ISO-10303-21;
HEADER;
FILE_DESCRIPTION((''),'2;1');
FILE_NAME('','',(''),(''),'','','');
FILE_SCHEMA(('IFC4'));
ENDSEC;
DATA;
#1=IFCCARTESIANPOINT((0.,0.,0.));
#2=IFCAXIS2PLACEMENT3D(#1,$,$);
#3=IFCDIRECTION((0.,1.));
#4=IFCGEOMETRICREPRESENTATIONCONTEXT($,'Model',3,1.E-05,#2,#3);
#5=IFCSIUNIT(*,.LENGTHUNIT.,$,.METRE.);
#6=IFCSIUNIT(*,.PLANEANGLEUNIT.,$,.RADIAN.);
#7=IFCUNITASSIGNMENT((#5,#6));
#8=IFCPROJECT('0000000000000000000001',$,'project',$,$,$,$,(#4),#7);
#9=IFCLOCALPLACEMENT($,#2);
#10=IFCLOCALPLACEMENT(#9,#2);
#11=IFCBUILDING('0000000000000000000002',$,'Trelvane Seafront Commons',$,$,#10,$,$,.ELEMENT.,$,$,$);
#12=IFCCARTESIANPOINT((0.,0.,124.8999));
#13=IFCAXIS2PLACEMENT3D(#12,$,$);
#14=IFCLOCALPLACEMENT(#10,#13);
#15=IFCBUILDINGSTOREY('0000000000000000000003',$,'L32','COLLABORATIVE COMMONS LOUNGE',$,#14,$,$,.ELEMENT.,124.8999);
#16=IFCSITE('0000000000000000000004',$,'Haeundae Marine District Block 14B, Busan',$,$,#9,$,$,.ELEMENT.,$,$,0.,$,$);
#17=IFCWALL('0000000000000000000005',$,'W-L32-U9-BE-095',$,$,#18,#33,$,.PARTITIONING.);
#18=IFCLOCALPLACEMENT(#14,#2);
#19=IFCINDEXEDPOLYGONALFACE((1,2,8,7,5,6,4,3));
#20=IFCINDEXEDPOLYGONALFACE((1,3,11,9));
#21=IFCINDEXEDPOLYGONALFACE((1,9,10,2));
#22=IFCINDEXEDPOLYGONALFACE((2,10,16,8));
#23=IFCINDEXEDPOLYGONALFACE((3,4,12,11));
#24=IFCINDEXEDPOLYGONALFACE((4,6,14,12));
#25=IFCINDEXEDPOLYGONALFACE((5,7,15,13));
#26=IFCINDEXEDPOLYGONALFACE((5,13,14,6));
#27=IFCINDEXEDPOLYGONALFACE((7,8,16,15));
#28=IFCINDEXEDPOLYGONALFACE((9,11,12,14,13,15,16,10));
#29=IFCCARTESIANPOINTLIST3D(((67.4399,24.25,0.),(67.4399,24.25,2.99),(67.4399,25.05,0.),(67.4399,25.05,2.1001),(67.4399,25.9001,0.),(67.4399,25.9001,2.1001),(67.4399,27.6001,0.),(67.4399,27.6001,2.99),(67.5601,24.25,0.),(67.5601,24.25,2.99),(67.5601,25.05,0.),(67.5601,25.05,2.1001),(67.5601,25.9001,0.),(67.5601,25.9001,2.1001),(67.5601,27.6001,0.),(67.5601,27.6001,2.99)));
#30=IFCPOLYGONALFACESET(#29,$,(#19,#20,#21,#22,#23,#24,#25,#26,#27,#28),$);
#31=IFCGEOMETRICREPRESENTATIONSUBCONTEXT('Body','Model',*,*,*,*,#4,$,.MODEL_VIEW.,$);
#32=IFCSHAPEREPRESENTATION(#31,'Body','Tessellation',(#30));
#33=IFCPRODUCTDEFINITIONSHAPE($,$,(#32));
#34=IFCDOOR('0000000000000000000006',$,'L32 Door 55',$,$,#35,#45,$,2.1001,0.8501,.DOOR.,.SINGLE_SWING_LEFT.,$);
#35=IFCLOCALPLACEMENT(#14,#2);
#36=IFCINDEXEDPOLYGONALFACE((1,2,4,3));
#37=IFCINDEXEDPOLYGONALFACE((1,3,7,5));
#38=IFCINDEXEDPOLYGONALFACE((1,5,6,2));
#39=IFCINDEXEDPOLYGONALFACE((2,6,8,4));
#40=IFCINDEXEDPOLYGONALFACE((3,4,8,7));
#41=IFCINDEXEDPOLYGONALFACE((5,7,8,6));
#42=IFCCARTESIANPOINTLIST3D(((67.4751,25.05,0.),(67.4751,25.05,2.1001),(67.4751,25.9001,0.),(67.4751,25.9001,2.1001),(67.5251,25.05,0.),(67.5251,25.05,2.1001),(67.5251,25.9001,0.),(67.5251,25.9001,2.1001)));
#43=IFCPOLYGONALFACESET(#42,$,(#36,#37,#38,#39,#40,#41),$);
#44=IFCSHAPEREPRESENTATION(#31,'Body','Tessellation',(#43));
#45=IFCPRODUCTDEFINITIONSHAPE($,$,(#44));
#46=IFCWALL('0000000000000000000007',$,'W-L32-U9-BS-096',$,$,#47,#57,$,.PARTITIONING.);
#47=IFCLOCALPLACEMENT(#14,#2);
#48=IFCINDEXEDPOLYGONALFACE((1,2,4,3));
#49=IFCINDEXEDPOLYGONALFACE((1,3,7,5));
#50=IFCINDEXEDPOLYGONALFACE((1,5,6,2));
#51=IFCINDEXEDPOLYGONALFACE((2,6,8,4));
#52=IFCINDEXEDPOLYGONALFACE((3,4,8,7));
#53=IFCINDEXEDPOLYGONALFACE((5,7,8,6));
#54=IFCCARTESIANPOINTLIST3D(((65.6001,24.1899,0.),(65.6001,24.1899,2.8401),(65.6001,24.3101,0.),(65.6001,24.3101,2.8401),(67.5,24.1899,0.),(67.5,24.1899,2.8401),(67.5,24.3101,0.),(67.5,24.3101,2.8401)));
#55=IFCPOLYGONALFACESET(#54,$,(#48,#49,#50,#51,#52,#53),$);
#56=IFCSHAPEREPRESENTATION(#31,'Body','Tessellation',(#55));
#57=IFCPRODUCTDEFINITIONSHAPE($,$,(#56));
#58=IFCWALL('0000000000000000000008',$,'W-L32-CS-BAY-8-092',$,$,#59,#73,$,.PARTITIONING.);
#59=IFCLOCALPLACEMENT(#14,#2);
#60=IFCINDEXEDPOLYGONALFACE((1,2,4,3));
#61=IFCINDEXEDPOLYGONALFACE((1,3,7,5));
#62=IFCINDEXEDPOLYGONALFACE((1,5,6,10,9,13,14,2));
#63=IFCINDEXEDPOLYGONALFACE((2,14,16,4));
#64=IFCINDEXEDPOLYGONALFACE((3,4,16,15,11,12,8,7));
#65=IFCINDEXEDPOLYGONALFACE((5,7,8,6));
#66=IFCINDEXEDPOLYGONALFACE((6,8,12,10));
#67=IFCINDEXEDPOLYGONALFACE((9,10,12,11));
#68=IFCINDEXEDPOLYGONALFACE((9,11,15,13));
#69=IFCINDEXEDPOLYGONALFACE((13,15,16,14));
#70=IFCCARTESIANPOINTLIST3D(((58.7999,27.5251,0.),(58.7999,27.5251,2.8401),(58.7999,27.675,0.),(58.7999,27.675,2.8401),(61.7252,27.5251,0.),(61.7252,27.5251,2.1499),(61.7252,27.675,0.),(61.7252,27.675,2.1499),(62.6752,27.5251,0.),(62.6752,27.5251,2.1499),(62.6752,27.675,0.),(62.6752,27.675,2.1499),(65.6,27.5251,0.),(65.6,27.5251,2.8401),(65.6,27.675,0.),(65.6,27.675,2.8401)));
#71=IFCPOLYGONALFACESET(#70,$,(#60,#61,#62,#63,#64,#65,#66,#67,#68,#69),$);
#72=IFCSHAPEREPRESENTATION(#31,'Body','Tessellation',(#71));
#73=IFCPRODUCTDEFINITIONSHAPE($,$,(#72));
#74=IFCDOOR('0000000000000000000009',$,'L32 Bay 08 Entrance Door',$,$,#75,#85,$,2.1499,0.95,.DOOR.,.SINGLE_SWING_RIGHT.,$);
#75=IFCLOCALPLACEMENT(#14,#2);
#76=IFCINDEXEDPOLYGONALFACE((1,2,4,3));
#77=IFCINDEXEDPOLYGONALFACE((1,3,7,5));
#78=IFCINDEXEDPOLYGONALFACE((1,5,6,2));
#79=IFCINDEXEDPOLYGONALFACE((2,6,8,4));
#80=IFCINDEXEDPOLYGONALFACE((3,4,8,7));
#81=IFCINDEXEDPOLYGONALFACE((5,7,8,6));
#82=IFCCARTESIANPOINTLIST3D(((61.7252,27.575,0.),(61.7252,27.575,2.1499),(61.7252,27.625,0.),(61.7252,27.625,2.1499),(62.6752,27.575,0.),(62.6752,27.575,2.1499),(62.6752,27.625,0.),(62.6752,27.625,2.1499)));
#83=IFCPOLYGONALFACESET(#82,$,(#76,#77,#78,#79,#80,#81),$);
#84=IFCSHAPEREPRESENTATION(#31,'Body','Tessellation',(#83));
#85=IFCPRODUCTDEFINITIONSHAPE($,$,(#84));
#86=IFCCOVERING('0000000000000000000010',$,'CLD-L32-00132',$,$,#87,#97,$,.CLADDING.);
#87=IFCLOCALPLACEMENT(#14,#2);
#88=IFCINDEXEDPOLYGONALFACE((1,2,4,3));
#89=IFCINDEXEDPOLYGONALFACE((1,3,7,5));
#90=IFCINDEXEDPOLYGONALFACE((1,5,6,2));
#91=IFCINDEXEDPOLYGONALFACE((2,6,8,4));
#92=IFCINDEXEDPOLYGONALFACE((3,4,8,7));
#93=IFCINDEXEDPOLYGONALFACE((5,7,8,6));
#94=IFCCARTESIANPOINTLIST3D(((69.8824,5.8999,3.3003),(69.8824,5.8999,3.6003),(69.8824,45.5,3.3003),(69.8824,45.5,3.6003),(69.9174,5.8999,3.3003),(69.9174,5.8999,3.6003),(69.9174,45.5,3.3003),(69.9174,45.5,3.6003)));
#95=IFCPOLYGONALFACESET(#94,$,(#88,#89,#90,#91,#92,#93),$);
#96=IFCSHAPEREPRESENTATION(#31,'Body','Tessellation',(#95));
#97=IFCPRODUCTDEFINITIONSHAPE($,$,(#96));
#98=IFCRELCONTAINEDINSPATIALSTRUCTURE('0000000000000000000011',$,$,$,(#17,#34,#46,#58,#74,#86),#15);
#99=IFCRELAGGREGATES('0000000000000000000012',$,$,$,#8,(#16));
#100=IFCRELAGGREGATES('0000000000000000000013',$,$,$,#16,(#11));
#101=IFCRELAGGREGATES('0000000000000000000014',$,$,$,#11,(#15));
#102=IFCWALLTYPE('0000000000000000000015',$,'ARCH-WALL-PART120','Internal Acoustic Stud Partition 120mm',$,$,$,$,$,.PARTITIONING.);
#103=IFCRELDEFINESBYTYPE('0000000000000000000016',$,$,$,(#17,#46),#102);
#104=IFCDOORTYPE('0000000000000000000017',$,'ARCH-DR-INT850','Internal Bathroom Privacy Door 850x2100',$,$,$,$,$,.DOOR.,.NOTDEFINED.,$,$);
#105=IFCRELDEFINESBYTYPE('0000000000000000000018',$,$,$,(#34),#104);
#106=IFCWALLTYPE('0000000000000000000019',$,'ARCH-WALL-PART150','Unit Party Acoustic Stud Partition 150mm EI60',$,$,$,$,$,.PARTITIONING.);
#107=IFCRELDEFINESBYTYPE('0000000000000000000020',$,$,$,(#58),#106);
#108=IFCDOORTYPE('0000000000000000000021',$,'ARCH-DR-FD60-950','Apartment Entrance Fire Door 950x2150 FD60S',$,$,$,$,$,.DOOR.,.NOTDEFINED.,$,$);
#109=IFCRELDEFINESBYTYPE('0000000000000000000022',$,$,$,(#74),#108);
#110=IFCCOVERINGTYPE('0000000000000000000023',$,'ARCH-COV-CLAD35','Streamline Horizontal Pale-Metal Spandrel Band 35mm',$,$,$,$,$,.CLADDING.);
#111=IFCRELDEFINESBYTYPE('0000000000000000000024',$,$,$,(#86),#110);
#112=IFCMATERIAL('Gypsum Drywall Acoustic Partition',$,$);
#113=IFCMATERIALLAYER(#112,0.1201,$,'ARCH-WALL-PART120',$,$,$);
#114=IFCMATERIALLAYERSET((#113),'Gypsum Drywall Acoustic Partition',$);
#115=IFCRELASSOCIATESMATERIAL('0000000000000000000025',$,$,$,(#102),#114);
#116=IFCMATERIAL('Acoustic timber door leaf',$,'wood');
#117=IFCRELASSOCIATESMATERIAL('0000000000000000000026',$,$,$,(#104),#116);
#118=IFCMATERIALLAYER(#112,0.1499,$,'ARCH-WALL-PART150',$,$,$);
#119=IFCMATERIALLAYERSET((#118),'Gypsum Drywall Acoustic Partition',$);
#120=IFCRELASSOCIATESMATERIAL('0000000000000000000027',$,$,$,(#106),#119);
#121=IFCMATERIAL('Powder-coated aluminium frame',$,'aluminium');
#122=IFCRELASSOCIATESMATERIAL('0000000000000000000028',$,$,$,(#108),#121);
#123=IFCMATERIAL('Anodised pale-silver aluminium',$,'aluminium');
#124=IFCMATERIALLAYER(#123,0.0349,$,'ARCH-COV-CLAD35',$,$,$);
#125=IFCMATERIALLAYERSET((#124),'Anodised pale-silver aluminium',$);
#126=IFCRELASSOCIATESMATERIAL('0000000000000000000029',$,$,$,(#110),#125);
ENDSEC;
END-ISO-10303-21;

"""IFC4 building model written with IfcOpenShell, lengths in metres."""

from ifc_helpers import new_model, si_unit, direction, frame, frame_2d, origin, origin_2d, place, context, subcontext, project, spatial, rectangle, extrude, source, transform, mapped, material, layer, layer_set, type_object, element, fill, save


model = new_model("IFC4")

# Units and contexts
model_context = context("Model", 3, precision=1e-05, world=origin(), true_north=direction((0.0, 1.0)))
body_context = subcontext(model_context, "Body", "Model", "MODEL_VIEW")
ifc_project = project(units=[si_unit("LENGTHUNIT", "METRE"), si_unit("PLANEANGLEUNIT", "RADIAN")], contexts=[model_context])

# Site, building, storey
site_placement = place(None, origin())
site = spatial("IfcSite", under=ifc_project, at=site_placement, Name="Haeundae Marine District Block 14B, Busan", CompositionType="ELEMENT", RefElevation=0.0)
building_placement = place(site_placement, origin())
building = spatial("IfcBuilding", under=site, at=building_placement, Name="Trelvane Seafront Commons", CompositionType="ELEMENT")
storey_placement = place(building_placement, frame((0.0, 0.0, 124.8999)))
storey = spatial("IfcBuildingStorey", under=building, at=storey_placement, Name="L32", Description="COLLABORATIVE COMMONS LOUNGE", CompositionType="ELEMENT", Elevation=124.8999)

# Shared definitions
ifc_material_1 = material(Name="Anodised pale-silver aluminium", Category="aluminium")

# Shared definitions
ifc_material_2 = material(Name="Gypsum Drywall Acoustic Partition")
ifc_layer_1 = layer(ifc_material_2, 0.1201, Name="ARCH-WALL-PART120")
ifc_layer_set_1 = layer_set([ifc_layer_1], Name="Gypsum Drywall Acoustic Partition")
wall_type_1 = type_object("IfcWallType", Name="ARCH-WALL-PART120", Description="Internal Acoustic Stud Partition 120mm", PredefinedType="PARTITIONING", material=ifc_layer_set_1)

# Wall, opening, door
ifc_material_3 = material(Name="Acoustic timber door leaf", Category="wood")
shared_shape_1 = source(origin(), body_context, "Body", "SweptSolid", [
    extrude(rectangle(XDim=0.95, YDim=2.1499, at=frame_2d((0.4751, 1.075))), frame((0.0, 0.0249, 0.0), z_axis=(0.0, -1.0, 0.0), x_axis=(1.0, 0.0, 0.0)), (0.0, 0.0, 1.0), 0.05),
])
wall_1_placement = place(storey_placement, frame((67.5, 24.25, 0.0), z_axis=(0.0, 0.0, 1.0), x_axis=(0.0, 1.0, 0.0)))
wall_1 = element("IfcWall", 1, at=wall_1_placement, inside=storey, type_object=wall_type_1, Name="W-L32-U9-BE-095", PredefinedType="PARTITIONING", context=body_context, shape_type="SweptSolid", body=[
    extrude(rectangle(XDim=3.3501, YDim=0.1201, at=frame_2d((1.675, 0.0))), origin(), (0.0, 0.0, 1.0), 2.99),
])
opening_1_placement = place(wall_1_placement, frame((0.8, 0.0, 0.0)))
opening_1 = element("IfcOpeningElement", 2, at=opening_1_placement, cuts=wall_1, PredefinedType="OPENING", context=body_context, shape_type="SweptSolid", body=[
    extrude(rectangle(XDim=0.8501, YDim=2.1001, at=frame_2d((0.425, 1.05))), frame((0.0, 0.0701, 0.0), z_axis=(0.0, -1.0, 0.0), x_axis=(1.0, 0.0, 0.0)), (0.0, 0.0, 1.0), 0.1401),
])
door_type_1 = type_object("IfcDoorType", Name="ARCH-DR-INT850", Description="Internal Bathroom Privacy Door 850x2100", OperationType="NOTDEFINED", PredefinedType="DOOR", material=ifc_material_3)
shared_shape_2 = source(origin(), body_context, "Body", "SweptSolid", [
    extrude(rectangle(XDim=0.8501, YDim=2.1001, at=frame_2d((0.425, 1.05))), frame((0.0, 0.0249, 0.0), z_axis=(0.0, -1.0, 0.0), x_axis=(1.0, 0.0, 0.0)), (0.0, 0.0, 1.0), 0.05),
])
door_1_placement = place(opening_1_placement, origin())
door_1 = element("IfcDoor", 3, at=door_1_placement, inside=storey, type_object=door_type_1, Name="L32 Door 55", OperationType="SINGLE_SWING_LEFT", OverallHeight=2.1001, OverallWidth=0.8501, PredefinedType="DOOR", context=body_context, shape_type="MappedRepresentation", body=[
    mapped(shared_shape_2, transform((0.0, 0.0, 0.0), x_axis=(1.0, 0.0, 0.0), y_axis=(0.0, 1.0, 0.0), z_axis=(0.0, 0.0, 1.0), scale=1.0)),
])
fill(opening_1, door_1)

# Wall
wall_2_placement = place(storey_placement, frame((65.6001, 24.25, 0.0), z_axis=(0.0, 0.0, 1.0), x_axis=(1.0, 0.0, 0.0)))
element("IfcWall", 4, at=wall_2_placement, inside=storey, type_object=wall_type_1, Name="W-L32-U9-BS-096", PredefinedType="PARTITIONING", context=body_context, shape_type="SweptSolid", body=[
    extrude(rectangle(XDim=1.8999, YDim=0.1201, at=frame_2d((0.95, 0.0))), origin(), (0.0, 0.0, 1.0), 2.8401),
])

# Wall, opening, door
ifc_layer_2 = layer(ifc_material_2, 0.1499, Name="ARCH-WALL-PART150")
ifc_layer_set_2 = layer_set([ifc_layer_2], Name="Gypsum Drywall Acoustic Partition")
wall_type_2 = type_object("IfcWallType", Name="ARCH-WALL-PART150", Description="Unit Party Acoustic Stud Partition 150mm EI60", PredefinedType="PARTITIONING", material=ifc_layer_set_2)
wall_3_placement = place(storey_placement, frame((58.8, 27.6001, 0.0), z_axis=(0.0, 0.0, 1.0), x_axis=(1.0, 0.0, 0.0)))
wall_3 = element("IfcWall", 5, at=wall_3_placement, inside=storey, type_object=wall_type_2, Name="W-L32-CS-BAY-8-092", PredefinedType="PARTITIONING", context=body_context, shape_type="SweptSolid", body=[
    extrude(rectangle(XDim=6.8, YDim=0.1499, at=frame_2d((3.3999, 0.0))), origin(), (0.0, 0.0, 1.0), 2.8401),
])
opening_2_placement = place(wall_3_placement, frame((2.925, 0.0, 0.0)))
opening_2 = element("IfcOpeningElement", 6, at=opening_2_placement, cuts=wall_3, PredefinedType="OPENING", context=body_context, shape_type="SweptSolid", body=[
    extrude(rectangle(XDim=0.95, YDim=2.1499, at=frame_2d((0.4751, 1.075))), frame((0.0, 0.085, 0.0), z_axis=(0.0, -1.0, 0.0), x_axis=(1.0, 0.0, 0.0)), (0.0, 0.0, 1.0), 0.1699),
])
ifc_material_4 = material(Name="Powder-coated aluminium frame", Category="aluminium")
door_type_2 = type_object("IfcDoorType", Name="ARCH-DR-FD60-950", Description="Apartment Entrance Fire Door 950x2150 FD60S", OperationType="NOTDEFINED", PredefinedType="DOOR", material=ifc_material_4)
door_2_placement = place(opening_2_placement, origin())
door_2 = element("IfcDoor", 7, at=door_2_placement, inside=storey, type_object=door_type_2, Name="L32 Bay 08 Entrance Door", OperationType="SINGLE_SWING_RIGHT", OverallHeight=2.1499, OverallWidth=0.95, PredefinedType="DOOR", context=body_context, shape_type="MappedRepresentation", body=[
    mapped(shared_shape_1, transform((0.0, 0.0, 0.0), x_axis=(1.0, 0.0, 0.0), y_axis=(0.0, 1.0, 0.0), z_axis=(0.0, 0.0, 1.0), scale=1.0)),
])
fill(opening_2, door_2)

# Covering
ifc_layer_3 = layer(ifc_material_1, 0.0349, Name="ARCH-COV-CLAD35")
ifc_layer_set_3 = layer_set([ifc_layer_3], Name="Anodised pale-silver aluminium")
covering_type = type_object("IfcCoveringType", Name="ARCH-COV-CLAD35", Description="Streamline Horizontal Pale-Metal Spandrel Band 35mm", PredefinedType="CLADDING", material=ifc_layer_set_3)
shared_shape_3 = source(origin(), body_context, "Body", "SweptSolid", [
    extrude(rectangle(XDim=39.6001, YDim=0.0349, at=origin_2d()), origin(), (0.0, 0.0, 1.0), 0.3),
])
covering_placement = place(storey_placement, frame((69.8999, 25.7, 3.3003), z_axis=(0.0, 0.0, 1.0), x_axis=(0.0, -1.0, 0.0)))
element("IfcCovering", 8, at=covering_placement, inside=storey, type_object=covering_type, Name="CLD-L32-00132", PredefinedType="CLADDING", context=body_context, shape_type="MappedRepresentation", body=[
    mapped(shared_shape_3, transform((0.0, 0.0, 0.0), x_axis=(1.0, 0.0, 0.0), y_axis=(0.0, 1.0, 0.0), z_axis=(0.0, 0.0, 1.0), scale=1.0)),
])

save(model, "model.ifc")
